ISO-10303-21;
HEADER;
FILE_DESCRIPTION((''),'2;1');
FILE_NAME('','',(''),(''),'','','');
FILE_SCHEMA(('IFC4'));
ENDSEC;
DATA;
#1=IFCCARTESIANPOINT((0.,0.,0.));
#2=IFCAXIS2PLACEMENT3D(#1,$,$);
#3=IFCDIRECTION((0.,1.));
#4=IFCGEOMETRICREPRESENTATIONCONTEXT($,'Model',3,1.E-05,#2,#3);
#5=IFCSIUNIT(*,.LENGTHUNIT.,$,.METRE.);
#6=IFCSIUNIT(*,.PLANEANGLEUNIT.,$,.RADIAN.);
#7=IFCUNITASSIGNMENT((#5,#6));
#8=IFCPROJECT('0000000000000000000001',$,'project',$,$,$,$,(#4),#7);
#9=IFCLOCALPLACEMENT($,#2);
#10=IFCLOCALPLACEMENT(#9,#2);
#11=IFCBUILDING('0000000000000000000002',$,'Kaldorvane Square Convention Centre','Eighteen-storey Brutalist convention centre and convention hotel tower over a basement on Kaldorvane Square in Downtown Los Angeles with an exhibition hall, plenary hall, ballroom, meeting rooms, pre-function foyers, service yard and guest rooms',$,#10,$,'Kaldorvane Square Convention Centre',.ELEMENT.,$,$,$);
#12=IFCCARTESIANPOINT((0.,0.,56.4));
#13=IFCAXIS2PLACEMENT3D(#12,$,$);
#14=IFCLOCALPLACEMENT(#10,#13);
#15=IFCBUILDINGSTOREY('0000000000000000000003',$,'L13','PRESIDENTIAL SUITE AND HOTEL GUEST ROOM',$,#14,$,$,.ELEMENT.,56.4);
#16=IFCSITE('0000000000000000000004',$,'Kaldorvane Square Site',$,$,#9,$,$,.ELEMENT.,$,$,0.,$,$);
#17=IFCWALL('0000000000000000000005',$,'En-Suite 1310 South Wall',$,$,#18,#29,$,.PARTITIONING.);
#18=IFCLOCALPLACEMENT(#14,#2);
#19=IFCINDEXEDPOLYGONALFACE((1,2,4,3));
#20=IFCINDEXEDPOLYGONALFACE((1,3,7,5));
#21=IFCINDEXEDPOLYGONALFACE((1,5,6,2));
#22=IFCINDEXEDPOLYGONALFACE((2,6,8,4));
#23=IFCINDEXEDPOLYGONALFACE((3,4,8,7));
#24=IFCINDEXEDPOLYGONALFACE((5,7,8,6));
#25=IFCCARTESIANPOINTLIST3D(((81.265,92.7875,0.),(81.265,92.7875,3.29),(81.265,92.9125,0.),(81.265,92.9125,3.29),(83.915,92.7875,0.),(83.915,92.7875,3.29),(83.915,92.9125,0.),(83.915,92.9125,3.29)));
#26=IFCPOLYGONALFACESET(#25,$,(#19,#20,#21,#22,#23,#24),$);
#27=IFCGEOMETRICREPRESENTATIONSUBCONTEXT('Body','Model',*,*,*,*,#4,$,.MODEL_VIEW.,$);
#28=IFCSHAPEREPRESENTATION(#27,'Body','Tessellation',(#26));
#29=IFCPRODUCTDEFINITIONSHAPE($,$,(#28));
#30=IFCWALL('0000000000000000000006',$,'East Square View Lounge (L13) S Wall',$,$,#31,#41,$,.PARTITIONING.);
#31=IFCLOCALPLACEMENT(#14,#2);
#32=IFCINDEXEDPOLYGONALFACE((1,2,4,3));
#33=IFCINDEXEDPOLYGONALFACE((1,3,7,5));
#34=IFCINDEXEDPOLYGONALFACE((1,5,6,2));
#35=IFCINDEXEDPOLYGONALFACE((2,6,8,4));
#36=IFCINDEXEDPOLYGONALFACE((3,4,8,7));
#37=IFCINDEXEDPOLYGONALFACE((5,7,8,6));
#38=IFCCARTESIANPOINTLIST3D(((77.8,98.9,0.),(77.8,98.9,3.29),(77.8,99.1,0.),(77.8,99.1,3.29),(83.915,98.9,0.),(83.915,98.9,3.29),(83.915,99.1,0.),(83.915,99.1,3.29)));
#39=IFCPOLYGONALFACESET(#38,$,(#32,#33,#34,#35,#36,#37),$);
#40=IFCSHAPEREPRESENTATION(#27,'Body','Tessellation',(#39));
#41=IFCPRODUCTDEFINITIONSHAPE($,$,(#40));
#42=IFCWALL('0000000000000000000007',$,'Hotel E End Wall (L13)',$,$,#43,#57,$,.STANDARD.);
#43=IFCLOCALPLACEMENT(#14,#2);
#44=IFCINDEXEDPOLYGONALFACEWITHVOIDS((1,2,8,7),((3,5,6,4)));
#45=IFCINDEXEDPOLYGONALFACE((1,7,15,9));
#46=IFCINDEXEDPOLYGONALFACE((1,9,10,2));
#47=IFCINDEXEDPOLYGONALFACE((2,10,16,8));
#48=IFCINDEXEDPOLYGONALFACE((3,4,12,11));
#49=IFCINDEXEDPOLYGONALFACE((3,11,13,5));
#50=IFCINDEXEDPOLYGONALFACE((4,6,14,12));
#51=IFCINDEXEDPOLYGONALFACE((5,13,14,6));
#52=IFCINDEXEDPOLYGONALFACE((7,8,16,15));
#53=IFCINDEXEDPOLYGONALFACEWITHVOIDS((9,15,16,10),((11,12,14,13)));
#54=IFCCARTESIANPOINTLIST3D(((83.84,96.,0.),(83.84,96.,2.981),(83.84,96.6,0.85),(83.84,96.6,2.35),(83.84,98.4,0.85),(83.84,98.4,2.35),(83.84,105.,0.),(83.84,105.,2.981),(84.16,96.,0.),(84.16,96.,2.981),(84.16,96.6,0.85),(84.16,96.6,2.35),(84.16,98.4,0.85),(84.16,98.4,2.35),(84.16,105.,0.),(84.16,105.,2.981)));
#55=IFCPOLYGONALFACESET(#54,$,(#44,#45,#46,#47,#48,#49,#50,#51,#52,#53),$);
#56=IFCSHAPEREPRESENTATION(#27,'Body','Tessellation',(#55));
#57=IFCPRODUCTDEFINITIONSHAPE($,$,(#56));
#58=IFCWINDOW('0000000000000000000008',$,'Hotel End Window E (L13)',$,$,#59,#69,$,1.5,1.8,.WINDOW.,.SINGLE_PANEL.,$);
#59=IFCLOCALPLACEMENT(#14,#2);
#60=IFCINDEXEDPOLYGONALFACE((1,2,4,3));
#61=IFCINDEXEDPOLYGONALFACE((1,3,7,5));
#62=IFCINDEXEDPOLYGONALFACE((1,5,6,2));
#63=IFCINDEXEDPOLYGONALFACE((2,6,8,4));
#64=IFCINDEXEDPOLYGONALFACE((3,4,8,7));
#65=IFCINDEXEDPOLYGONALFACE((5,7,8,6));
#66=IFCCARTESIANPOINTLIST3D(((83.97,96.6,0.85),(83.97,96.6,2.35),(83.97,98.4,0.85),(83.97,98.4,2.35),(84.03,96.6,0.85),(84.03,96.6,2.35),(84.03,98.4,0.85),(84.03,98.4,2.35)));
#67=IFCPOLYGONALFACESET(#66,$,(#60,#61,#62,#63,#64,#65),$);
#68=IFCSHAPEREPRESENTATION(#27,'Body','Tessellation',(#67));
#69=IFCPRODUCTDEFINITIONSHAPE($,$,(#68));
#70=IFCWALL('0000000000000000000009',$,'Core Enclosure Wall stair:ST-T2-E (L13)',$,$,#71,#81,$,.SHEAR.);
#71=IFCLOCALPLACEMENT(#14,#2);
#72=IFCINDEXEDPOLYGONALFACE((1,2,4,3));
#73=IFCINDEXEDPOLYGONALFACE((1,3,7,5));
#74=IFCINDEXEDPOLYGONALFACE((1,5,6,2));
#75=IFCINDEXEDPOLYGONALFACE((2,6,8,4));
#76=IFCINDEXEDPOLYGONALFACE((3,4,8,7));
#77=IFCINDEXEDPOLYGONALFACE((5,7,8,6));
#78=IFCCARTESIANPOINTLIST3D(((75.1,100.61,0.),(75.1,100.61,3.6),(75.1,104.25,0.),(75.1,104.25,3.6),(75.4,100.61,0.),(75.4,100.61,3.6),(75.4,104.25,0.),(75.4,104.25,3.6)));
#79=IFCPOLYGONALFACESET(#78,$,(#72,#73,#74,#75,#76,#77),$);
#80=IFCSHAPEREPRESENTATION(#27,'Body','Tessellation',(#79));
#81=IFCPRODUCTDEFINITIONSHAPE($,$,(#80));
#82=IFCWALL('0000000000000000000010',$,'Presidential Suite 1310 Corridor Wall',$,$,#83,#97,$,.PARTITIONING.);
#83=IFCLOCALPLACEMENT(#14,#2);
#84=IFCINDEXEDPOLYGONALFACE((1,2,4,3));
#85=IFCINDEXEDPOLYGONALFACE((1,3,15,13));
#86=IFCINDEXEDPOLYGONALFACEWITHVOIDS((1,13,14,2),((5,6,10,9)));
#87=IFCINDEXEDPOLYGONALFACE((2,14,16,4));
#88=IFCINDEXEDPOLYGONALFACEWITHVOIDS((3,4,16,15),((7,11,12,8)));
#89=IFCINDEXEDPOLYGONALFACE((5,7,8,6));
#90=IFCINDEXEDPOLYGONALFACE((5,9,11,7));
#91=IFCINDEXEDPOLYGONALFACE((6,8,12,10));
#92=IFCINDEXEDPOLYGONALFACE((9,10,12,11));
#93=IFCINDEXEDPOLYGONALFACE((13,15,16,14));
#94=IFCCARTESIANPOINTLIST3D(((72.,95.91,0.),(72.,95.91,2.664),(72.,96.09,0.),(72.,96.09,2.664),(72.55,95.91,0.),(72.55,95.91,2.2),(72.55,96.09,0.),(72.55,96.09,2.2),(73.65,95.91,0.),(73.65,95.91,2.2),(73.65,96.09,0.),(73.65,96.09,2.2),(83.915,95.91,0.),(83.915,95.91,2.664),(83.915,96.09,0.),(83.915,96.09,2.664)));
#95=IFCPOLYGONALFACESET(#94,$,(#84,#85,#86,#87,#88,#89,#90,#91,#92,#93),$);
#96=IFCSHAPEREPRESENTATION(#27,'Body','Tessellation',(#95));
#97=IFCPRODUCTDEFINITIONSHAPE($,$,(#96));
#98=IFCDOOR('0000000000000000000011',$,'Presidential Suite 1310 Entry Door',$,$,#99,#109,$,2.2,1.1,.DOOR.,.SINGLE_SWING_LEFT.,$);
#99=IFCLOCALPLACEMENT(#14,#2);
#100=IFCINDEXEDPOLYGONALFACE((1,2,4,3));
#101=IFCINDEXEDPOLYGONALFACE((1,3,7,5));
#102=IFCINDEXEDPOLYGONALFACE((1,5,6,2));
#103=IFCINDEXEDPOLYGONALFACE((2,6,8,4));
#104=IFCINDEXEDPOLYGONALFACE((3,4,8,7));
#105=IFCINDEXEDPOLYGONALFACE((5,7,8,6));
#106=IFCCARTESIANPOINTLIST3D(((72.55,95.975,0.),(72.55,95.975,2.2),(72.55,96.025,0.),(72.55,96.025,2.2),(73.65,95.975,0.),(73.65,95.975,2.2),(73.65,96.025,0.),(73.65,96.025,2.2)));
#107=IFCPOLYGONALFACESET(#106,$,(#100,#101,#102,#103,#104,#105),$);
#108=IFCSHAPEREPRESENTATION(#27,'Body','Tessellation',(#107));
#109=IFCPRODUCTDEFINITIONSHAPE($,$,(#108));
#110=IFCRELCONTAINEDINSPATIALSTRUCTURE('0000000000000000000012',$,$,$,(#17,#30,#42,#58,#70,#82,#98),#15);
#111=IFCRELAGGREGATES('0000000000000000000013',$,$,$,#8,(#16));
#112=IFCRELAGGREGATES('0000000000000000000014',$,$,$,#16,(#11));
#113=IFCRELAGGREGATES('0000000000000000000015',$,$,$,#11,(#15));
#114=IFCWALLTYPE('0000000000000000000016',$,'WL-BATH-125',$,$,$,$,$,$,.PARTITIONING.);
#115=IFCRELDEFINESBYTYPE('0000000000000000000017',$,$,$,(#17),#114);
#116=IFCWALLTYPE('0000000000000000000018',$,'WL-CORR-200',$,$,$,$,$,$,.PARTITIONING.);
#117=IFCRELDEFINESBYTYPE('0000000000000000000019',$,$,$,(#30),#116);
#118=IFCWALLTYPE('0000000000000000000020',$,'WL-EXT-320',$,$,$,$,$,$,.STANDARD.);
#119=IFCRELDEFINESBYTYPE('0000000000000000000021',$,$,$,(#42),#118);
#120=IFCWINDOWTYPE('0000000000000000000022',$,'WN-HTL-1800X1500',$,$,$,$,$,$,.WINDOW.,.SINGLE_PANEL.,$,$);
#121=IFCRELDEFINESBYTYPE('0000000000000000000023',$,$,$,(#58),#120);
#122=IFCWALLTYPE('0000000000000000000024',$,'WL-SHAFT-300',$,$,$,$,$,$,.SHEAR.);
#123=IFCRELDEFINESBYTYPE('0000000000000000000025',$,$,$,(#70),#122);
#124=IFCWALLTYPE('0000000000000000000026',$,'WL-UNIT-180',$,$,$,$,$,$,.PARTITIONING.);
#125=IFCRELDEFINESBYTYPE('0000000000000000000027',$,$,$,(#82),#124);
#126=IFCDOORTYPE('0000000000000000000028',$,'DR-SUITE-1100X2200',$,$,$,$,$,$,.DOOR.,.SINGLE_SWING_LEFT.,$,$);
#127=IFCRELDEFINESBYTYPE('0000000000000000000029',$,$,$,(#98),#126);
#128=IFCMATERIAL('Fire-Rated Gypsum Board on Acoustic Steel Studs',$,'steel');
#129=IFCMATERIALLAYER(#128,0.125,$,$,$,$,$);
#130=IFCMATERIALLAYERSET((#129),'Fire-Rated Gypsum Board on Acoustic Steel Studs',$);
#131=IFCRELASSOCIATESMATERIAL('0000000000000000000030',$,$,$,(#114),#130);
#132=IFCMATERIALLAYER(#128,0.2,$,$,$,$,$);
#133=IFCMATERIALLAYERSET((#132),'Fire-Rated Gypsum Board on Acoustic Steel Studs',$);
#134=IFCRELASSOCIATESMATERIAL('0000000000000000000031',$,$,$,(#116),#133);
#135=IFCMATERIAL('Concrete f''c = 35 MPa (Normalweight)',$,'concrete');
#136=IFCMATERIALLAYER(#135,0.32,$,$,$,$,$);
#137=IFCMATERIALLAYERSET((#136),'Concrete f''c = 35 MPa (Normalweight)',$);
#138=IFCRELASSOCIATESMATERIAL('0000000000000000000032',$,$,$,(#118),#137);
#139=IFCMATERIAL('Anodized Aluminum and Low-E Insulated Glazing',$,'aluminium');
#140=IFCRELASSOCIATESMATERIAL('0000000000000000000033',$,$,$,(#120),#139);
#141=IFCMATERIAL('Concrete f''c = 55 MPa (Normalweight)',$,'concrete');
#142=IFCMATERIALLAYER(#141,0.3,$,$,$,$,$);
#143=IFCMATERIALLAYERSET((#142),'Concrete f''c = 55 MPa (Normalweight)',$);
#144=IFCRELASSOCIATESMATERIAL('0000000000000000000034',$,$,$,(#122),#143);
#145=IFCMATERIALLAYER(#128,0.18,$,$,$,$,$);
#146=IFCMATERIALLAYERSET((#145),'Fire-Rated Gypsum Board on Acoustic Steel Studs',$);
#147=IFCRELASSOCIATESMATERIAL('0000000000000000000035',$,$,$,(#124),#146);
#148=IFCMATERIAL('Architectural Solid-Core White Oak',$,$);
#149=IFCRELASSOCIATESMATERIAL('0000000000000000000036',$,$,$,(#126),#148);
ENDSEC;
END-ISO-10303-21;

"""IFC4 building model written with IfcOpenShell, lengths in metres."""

from ifc_helpers import new_model, si_unit, direction, frame, frame_2d, origin, place, context, subcontext, project, spatial, rectangle, extrude, material, layer, layer_set, type_object, element, fill, save


model = new_model("IFC4")

# Units and contexts
model_context = context("Model", 3, precision=1e-05, world=origin(), true_north=direction((0.0, 1.0)))
body_context = subcontext(model_context, "Body", "Model", "MODEL_VIEW")
ifc_project = project(units=[si_unit("LENGTHUNIT", "METRE"), si_unit("PLANEANGLEUNIT", "RADIAN")], contexts=[model_context])

# Site, building, storey
site_placement = place(None, origin())
site = spatial("IfcSite", under=ifc_project, at=site_placement, Name="Kaldorvane Square Site", CompositionType="ELEMENT", RefElevation=0.0)
building_placement = place(site_placement, origin())
building = spatial("IfcBuilding", under=site, at=building_placement, Name="Kaldorvane Square Convention Centre", Description="Eighteen-storey Brutalist convention centre and convention hotel tower over a basement on Kaldorvane Square in Downtown Los Angeles with an exhibition hall, plenary hall, ballroom, meeting rooms, pre-function foyers, service yard and guest rooms", LongName="Kaldorvane Square Convention Centre", CompositionType="ELEMENT")
storey_placement = place(building_placement, frame((0.0, 0.0, 56.4)))
storey = spatial("IfcBuildingStorey", under=building, at=storey_placement, Name="L13", Description="PRESIDENTIAL SUITE AND HOTEL GUEST ROOM", CompositionType="ELEMENT", Elevation=56.4)

# Shared definitions
ifc_material_1 = material(Name="Anodized Aluminum and Low-E Insulated Glazing", Category="aluminium")

# Shared definitions
ifc_material_2 = material(Name="Fire-Rated Gypsum Board on Acoustic Steel Studs", Category="steel")
ifc_layer_1 = layer(ifc_material_2, 0.125)
ifc_layer_set_1 = layer_set([ifc_layer_1], Name="Fire-Rated Gypsum Board on Acoustic Steel Studs")
wall_type_1 = type_object("IfcWallType", Name="WL-BATH-125", PredefinedType="PARTITIONING", material=ifc_layer_set_1)
ifc_material_3 = material(Name="Architectural Solid-Core White Oak")

# Walls
wall_1_placement = place(storey_placement, frame((81.265, 92.85, 0.0), z_axis=(0.0, 0.0, 1.0), x_axis=(1.0, 0.0, 0.0)))
element("IfcWall", 1, at=wall_1_placement, inside=storey, type_object=wall_type_1, Name="En-Suite 1310 South Wall", PredefinedType="PARTITIONING", context=body_context, shape_type="SweptSolid", body=[
    extrude(rectangle(XDim=2.65, YDim=0.125, at=frame_2d((1.325, 0.0))), origin(), (0.0, 0.0, 1.0), 3.29),
])
ifc_layer_2 = layer(ifc_material_2, 0.2)
ifc_layer_set_2 = layer_set([ifc_layer_2], Name="Fire-Rated Gypsum Board on Acoustic Steel Studs")
wall_type_2 = type_object("IfcWallType", Name="WL-CORR-200", PredefinedType="PARTITIONING", material=ifc_layer_set_2)
wall_2_placement = place(storey_placement, frame((77.8, 99.0, 0.0), z_axis=(0.0, 0.0, 1.0), x_axis=(1.0, 0.0, 0.0)))
element("IfcWall", 2, at=wall_2_placement, inside=storey, type_object=wall_type_2, Name="East Square View Lounge (L13) S Wall", PredefinedType="PARTITIONING", context=body_context, shape_type="SweptSolid", body=[
    extrude(rectangle(XDim=6.115, YDim=0.2, at=frame_2d((3.0575, 0.0))), origin(), (0.0, 0.0, 1.0), 3.29),
])

# Wall, opening, window
ifc_material_4 = material(Name="Concrete f'c = 35 MPa (Normalweight)", Category="concrete")
ifc_layer_3 = layer(ifc_material_4, 0.32)
ifc_layer_set_3 = layer_set([ifc_layer_3], Name="Concrete f'c = 35 MPa (Normalweight)")
wall_type_3 = type_object("IfcWallType", Name="WL-EXT-320", PredefinedType="STANDARD", material=ifc_layer_set_3)
wall_3_placement = place(storey_placement, frame((84.0, 96.0, 0.0), z_axis=(0.0, 0.0, 1.0), x_axis=(0.0, 1.0, 0.0)))
wall_3 = element("IfcWall", 3, at=wall_3_placement, inside=storey, type_object=wall_type_3, Name="Hotel E End Wall (L13)", PredefinedType="STANDARD", context=body_context, shape_type="SweptSolid", body=[
    extrude(rectangle(XDim=9.0, YDim=0.32, at=frame_2d((4.5, 0.0))), origin(), (0.0, 0.0, 1.0), 2.981),
])
opening_1_placement = place(wall_3_placement, frame((0.6, 0.0, 0.85)))
opening_1 = element("IfcOpeningElement", 4, at=opening_1_placement, cuts=wall_3, PredefinedType="OPENING", context=body_context, shape_type="SweptSolid", body=[
    extrude(rectangle(XDim=1.8, YDim=1.5, at=frame_2d((0.9, 0.75))), frame((0.0, 0.175, 0.0), z_axis=(0.0, -1.0, 0.0), x_axis=(1.0, 0.0, 0.0)), (0.0, 0.0, 1.0), 0.35),
])
window_type = type_object("IfcWindowType", Name="WN-HTL-1800X1500", PartitioningType="SINGLE_PANEL", PredefinedType="WINDOW", material=ifc_material_1)
window_placement = place(opening_1_placement, origin())
window = element("IfcWindow", 5, at=window_placement, inside=storey, type_object=window_type, Name="Hotel End Window E (L13)", OverallHeight=1.5, OverallWidth=1.8, PartitioningType="SINGLE_PANEL", PredefinedType="WINDOW", context=body_context, shape_type="SweptSolid", body=[
    extrude(rectangle(XDim=1.8, YDim=1.5, at=frame_2d((0.9, 0.75))), frame((0.0, 0.03, 0.0), z_axis=(0.0, -1.0, 0.0), x_axis=(1.0, 0.0, 0.0)), (0.0, 0.0, 1.0), 0.06),
])
fill(opening_1, window)

# Wall
ifc_material_5 = material(Name="Concrete f'c = 55 MPa (Normalweight)", Category="concrete")
ifc_layer_4 = layer(ifc_material_5, 0.3)
ifc_layer_set_4 = layer_set([ifc_layer_4], Name="Concrete f'c = 55 MPa (Normalweight)")
wall_type_4 = type_object("IfcWallType", Name="WL-SHAFT-300", PredefinedType="SHEAR", material=ifc_layer_set_4)
wall_4_placement = place(storey_placement, frame((75.25, 100.61, 0.0), z_axis=(0.0, 0.0, 1.0), x_axis=(0.0, 1.0, 0.0)))
element("IfcWall", 6, at=wall_4_placement, inside=storey, type_object=wall_type_4, Name="Core Enclosure Wall stair:ST-T2-E (L13)", PredefinedType="SHEAR", context=body_context, shape_type="SweptSolid", body=[
    extrude(rectangle(XDim=3.64, YDim=0.3, at=frame_2d((1.82, 0.0))), origin(), (0.0, 0.0, 1.0), 3.6),
])

# Wall, opening, door
ifc_layer_5 = layer(ifc_material_2, 0.18)
ifc_layer_set_5 = layer_set([ifc_layer_5], Name="Fire-Rated Gypsum Board on Acoustic Steel Studs")
wall_type_5 = type_object("IfcWallType", Name="WL-UNIT-180", PredefinedType="PARTITIONING", material=ifc_layer_set_5)
wall_5_placement = place(storey_placement, frame((72.0, 96.0, 0.0), z_axis=(0.0, 0.0, 1.0), x_axis=(1.0, 0.0, 0.0)))
wall_5 = element("IfcWall", 7, at=wall_5_placement, inside=storey, type_object=wall_type_5, Name="Presidential Suite 1310 Corridor Wall", PredefinedType="PARTITIONING", context=body_context, shape_type="SweptSolid", body=[
    extrude(rectangle(XDim=11.915, YDim=0.18, at=frame_2d((5.9575, 0.0))), origin(), (0.0, 0.0, 1.0), 2.664),
])
opening_2_placement = place(wall_5_placement, frame((0.55, 0.0, 0.0)))
opening_2 = element("IfcOpeningElement", 8, at=opening_2_placement, cuts=wall_5, PredefinedType="OPENING", context=body_context, shape_type="SweptSolid", body=[
    extrude(rectangle(XDim=1.1, YDim=2.2, at=frame_2d((0.55, 1.1))), frame((0.0, 0.105, 0.0), z_axis=(0.0, -1.0, 0.0), x_axis=(1.0, 0.0, 0.0)), (0.0, 0.0, 1.0), 0.21),
])
door_type_1 = type_object("IfcDoorType", Name="DR-SUITE-1100X2200", OperationType="SINGLE_SWING_LEFT", PredefinedType="DOOR", material=ifc_material_3)
door_1_placement = place(opening_2_placement, origin())
door_1 = element("IfcDoor", 9, at=door_1_placement, inside=storey, type_object=door_type_1, Name="Presidential Suite 1310 Entry Door", OperationType="SINGLE_SWING_LEFT", OverallHeight=2.2, OverallWidth=1.1, PredefinedType="DOOR", context=body_context, shape_type="SweptSolid", body=[
    extrude(rectangle(XDim=1.1, YDim=2.2, at=frame_2d((0.55, 1.1))), frame((0.0, 0.025, 0.0), z_axis=(0.0, -1.0, 0.0), x_axis=(1.0, 0.0, 0.0)), (0.0, 0.0, 1.0), 0.05),
])
fill(opening_2, door_1)

save(model, "model.ifc")
